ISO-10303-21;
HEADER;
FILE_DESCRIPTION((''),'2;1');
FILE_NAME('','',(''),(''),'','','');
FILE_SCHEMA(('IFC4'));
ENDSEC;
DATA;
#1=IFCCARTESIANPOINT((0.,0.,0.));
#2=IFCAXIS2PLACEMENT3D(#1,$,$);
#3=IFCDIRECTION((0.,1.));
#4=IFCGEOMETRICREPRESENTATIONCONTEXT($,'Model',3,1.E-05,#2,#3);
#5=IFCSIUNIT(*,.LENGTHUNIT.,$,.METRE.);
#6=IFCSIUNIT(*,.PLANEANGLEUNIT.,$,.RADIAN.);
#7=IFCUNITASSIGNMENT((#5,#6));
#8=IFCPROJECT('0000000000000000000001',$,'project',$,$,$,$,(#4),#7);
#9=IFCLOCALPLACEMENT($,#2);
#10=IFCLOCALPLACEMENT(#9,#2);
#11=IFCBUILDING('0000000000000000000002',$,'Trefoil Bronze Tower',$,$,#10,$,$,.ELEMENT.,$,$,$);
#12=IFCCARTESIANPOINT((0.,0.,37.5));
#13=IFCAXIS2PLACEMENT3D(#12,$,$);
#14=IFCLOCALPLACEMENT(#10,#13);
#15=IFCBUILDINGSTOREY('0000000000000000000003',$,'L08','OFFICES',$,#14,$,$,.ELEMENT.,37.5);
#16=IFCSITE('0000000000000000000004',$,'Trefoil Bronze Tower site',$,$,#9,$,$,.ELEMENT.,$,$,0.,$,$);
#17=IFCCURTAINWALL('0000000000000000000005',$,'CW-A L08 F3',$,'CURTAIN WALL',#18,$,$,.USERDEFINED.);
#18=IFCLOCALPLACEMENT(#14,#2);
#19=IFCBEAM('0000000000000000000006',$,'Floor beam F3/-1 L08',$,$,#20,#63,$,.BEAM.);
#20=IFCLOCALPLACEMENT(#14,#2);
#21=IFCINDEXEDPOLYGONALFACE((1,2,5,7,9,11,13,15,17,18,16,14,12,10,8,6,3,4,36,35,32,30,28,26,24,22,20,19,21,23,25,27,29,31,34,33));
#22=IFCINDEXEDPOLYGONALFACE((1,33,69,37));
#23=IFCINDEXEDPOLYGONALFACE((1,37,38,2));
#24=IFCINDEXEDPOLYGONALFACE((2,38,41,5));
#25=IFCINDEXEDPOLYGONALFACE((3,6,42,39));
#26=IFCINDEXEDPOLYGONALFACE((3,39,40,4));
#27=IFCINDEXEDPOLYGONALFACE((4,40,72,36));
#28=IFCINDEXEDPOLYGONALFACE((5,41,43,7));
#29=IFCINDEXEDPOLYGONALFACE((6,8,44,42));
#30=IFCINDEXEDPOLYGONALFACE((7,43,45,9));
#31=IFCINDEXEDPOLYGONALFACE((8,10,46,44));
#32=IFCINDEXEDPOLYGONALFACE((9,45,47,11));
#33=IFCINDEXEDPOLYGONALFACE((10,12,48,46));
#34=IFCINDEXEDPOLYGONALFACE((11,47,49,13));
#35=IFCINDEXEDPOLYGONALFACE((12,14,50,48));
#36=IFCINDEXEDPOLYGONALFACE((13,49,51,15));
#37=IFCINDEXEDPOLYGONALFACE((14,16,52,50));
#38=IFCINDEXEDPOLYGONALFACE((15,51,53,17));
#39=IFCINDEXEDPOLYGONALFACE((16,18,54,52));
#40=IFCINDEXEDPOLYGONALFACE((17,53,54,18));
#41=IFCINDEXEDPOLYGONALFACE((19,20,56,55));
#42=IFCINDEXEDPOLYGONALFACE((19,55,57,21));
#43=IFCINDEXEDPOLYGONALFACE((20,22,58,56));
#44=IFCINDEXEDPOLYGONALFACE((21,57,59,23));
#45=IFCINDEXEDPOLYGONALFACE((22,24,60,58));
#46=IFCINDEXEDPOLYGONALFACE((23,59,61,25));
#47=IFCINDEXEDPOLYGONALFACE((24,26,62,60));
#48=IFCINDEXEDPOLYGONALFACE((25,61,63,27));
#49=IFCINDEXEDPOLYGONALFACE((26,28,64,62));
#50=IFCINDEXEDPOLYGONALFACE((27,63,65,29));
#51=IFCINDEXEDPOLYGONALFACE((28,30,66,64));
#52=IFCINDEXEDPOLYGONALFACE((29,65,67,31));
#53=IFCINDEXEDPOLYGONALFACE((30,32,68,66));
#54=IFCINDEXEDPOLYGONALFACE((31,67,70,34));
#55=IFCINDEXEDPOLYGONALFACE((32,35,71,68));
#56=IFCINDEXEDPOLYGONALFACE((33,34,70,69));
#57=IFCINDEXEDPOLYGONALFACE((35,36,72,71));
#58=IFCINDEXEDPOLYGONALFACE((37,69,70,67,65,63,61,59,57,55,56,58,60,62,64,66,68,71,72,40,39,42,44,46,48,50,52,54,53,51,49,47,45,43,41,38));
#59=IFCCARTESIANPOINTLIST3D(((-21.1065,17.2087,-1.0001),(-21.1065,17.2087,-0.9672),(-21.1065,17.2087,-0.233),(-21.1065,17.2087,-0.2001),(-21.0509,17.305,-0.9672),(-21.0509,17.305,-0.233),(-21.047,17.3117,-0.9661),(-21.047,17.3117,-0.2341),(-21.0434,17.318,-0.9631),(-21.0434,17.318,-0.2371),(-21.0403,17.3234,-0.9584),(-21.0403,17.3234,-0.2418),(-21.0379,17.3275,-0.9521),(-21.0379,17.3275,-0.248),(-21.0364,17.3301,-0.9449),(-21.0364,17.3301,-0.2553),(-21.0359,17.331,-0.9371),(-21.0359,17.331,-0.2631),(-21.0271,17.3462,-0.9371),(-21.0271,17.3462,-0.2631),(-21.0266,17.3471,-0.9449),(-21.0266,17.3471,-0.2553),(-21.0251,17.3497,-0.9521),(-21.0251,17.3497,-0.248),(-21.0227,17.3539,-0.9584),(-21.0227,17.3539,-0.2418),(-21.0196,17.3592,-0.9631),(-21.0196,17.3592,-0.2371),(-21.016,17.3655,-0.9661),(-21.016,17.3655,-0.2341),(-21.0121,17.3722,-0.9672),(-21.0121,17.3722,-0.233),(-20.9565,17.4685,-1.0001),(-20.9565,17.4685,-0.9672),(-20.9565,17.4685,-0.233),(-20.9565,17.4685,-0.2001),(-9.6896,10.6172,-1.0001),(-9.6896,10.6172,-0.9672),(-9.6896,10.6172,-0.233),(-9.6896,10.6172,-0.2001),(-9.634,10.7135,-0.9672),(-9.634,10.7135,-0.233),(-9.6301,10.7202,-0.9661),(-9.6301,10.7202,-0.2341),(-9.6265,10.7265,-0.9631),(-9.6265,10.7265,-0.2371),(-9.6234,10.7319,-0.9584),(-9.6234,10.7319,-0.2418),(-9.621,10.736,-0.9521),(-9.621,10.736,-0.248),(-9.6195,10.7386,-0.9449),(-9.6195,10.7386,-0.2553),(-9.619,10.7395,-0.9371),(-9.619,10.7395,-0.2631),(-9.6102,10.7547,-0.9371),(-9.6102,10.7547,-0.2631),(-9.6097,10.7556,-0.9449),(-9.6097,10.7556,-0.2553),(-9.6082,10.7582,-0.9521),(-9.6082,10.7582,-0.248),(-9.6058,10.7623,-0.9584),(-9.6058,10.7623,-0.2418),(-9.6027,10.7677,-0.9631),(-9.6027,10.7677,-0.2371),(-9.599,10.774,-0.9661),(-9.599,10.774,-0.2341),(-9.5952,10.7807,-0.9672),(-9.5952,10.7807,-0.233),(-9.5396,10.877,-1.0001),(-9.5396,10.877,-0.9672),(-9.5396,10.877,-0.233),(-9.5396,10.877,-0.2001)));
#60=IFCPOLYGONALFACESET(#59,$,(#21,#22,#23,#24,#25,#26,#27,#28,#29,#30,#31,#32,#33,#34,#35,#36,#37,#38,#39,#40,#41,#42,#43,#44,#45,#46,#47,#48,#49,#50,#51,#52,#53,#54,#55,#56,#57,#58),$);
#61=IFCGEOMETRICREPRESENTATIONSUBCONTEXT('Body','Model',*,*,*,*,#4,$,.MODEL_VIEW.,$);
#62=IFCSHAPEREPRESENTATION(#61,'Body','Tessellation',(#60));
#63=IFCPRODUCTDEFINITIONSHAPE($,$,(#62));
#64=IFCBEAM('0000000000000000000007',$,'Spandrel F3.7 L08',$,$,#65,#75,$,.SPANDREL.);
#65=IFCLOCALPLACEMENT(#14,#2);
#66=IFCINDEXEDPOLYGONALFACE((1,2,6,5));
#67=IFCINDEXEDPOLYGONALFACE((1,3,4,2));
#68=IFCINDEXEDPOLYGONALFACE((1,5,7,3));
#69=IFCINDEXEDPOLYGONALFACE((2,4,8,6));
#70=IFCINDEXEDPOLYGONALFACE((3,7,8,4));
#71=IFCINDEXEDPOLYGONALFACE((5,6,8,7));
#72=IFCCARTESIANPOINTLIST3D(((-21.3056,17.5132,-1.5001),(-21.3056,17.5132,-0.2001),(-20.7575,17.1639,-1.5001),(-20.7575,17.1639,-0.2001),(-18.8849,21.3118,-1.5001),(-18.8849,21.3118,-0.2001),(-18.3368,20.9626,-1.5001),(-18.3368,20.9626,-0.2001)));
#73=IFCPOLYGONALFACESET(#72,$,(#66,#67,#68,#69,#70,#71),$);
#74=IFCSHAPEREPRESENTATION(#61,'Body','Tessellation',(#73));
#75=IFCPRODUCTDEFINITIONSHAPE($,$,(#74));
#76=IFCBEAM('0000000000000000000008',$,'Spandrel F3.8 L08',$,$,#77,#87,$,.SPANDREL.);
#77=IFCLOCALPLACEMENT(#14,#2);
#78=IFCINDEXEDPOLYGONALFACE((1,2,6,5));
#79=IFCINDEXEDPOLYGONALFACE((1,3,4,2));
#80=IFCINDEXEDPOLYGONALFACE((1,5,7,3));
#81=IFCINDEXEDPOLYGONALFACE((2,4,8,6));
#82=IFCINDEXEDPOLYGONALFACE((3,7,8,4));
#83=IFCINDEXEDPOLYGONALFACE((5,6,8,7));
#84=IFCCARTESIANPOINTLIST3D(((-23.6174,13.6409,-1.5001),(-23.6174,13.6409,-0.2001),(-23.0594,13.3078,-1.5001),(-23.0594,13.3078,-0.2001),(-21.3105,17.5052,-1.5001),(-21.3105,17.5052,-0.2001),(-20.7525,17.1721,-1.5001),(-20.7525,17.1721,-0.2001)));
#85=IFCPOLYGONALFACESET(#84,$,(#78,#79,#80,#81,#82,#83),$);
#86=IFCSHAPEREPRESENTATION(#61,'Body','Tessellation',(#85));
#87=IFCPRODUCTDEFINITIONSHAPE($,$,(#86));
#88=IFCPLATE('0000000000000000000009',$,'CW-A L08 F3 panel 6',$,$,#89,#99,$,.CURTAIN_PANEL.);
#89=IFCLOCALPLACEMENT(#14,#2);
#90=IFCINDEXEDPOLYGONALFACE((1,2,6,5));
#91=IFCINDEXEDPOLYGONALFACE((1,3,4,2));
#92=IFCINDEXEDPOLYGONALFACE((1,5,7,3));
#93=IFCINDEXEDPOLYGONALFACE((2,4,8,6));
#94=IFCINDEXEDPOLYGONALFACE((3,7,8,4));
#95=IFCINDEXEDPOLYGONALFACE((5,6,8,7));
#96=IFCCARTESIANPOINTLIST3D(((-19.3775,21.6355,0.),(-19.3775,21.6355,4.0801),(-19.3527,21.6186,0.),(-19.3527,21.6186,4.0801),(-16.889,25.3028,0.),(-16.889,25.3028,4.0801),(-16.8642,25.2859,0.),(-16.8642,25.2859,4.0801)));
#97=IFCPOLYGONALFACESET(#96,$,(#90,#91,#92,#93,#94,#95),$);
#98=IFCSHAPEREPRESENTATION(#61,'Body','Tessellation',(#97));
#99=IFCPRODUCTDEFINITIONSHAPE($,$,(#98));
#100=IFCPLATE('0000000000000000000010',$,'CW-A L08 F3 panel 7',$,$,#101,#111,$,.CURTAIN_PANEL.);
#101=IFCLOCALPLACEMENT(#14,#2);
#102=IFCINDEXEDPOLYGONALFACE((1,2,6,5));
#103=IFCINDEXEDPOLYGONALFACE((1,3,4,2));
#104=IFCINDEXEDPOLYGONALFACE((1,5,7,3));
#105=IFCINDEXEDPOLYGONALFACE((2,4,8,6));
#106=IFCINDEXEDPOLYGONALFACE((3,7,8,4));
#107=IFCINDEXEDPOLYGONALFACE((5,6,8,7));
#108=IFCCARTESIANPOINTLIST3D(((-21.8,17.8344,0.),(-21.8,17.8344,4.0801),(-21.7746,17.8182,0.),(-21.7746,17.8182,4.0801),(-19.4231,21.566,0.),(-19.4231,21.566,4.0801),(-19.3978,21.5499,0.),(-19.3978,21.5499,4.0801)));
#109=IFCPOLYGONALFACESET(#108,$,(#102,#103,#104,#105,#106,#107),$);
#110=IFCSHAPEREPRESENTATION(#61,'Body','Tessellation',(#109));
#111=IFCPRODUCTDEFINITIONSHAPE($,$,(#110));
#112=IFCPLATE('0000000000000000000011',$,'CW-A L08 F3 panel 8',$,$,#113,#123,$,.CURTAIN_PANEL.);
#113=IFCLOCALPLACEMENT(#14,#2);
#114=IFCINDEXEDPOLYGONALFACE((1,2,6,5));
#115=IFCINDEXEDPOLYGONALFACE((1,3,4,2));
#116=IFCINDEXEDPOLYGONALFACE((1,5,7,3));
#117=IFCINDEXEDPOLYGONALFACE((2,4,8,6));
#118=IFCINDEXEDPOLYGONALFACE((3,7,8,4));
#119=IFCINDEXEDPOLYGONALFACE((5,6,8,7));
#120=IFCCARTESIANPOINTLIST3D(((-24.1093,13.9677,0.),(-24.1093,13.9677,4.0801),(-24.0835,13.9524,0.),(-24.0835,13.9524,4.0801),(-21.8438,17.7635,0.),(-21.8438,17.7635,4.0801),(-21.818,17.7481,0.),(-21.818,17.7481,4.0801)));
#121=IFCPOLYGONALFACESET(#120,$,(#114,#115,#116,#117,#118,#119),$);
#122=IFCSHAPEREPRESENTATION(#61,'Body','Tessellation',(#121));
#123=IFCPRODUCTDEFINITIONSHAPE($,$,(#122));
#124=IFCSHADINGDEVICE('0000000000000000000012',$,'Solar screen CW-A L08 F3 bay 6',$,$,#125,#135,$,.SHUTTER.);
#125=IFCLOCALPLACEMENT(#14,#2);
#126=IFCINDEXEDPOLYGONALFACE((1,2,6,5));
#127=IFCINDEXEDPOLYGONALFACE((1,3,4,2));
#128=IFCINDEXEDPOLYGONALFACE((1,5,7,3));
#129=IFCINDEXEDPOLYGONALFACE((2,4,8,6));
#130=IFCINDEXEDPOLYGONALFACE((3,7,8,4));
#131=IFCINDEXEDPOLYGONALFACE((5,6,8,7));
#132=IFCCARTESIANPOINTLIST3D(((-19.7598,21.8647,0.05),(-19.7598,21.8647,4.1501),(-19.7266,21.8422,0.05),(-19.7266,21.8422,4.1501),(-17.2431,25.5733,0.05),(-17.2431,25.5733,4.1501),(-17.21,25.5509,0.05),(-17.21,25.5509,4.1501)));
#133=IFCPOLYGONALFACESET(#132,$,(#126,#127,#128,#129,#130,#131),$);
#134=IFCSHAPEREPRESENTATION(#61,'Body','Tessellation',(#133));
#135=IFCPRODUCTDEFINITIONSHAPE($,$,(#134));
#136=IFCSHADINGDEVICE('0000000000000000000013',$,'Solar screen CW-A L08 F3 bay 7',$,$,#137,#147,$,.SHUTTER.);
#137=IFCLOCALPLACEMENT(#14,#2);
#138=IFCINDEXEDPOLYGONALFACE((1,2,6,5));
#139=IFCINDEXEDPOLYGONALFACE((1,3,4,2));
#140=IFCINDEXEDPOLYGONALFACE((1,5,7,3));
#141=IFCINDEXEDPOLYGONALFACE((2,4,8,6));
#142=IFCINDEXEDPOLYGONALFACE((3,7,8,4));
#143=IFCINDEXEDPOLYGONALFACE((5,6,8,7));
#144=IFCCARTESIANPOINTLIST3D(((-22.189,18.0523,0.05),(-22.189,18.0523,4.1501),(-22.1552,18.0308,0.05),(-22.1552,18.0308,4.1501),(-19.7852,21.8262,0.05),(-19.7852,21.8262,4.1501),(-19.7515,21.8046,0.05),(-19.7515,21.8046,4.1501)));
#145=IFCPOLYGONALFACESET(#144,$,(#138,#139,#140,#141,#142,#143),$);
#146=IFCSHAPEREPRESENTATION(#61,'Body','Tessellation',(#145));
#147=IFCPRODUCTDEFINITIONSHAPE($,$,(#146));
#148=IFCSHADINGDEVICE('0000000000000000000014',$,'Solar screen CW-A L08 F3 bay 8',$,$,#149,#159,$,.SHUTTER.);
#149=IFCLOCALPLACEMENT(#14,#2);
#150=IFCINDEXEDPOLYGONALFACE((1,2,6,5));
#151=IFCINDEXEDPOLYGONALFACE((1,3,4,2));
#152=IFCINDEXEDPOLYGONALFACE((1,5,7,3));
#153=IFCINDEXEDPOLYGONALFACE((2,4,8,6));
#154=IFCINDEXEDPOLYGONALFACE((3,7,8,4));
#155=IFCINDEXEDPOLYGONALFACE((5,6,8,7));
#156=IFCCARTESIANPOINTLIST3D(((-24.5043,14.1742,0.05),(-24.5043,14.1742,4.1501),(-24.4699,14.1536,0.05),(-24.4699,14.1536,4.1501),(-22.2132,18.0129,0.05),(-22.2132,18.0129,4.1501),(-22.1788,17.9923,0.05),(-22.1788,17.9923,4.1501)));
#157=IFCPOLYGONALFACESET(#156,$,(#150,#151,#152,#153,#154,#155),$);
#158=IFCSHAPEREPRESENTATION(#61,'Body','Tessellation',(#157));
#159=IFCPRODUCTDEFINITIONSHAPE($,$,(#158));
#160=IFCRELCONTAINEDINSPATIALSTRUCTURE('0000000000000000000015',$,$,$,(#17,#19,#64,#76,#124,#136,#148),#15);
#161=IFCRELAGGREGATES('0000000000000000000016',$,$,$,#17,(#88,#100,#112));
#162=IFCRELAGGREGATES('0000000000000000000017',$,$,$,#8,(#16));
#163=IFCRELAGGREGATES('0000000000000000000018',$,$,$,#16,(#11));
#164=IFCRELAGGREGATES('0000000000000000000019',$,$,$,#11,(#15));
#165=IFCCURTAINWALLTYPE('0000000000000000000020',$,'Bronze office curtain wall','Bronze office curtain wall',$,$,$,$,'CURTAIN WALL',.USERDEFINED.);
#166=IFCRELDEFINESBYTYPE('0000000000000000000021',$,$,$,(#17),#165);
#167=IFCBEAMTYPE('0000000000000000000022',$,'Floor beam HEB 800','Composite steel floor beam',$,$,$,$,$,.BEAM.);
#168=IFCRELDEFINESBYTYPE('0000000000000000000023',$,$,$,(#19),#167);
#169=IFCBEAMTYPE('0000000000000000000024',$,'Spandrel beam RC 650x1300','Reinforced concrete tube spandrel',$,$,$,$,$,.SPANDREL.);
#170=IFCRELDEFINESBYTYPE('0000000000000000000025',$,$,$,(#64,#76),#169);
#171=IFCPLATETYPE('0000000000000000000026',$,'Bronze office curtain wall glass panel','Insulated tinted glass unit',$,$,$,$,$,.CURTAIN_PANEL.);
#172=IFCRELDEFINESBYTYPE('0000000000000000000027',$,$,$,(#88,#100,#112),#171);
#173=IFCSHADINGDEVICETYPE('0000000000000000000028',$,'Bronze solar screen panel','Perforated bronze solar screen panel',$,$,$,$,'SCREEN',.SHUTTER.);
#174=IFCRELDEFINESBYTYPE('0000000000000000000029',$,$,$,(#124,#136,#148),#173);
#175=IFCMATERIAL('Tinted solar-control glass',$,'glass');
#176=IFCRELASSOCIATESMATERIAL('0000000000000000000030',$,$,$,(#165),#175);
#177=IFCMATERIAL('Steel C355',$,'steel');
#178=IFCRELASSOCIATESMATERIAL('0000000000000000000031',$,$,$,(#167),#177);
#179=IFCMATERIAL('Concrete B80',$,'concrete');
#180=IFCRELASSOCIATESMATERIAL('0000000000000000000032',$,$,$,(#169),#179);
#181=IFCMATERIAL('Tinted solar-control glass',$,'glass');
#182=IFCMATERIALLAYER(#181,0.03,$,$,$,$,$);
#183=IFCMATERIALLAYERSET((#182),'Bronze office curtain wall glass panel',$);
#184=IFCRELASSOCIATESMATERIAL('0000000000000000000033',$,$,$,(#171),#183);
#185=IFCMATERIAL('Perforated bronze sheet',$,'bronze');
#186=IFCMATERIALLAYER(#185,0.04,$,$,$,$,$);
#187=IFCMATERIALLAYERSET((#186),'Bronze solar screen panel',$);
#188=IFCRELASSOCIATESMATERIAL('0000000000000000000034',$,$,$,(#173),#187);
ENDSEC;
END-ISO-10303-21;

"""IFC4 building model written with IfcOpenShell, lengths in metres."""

from ifc_helpers import new_model, si_unit, direction, frame, origin, origin_2d, place, context, subcontext, project, spatial, rectangle, i_section, extrude, material, layer, layer_set, material_profile, profile_set, type_object, element, aggregate, save


model = new_model("IFC4")

# Units and contexts
model_context = context("Model", 3, precision=1e-05, world=origin(), true_north=direction((0.0, 1.0)))
body_context = subcontext(model_context, "Body", "Model", "MODEL_VIEW")
ifc_project = project(units=[si_unit("LENGTHUNIT", "METRE"), si_unit("PLANEANGLEUNIT", "RADIAN")], contexts=[model_context])

# Site, building, storey
site_placement = place(None, origin())
site = spatial("IfcSite", under=ifc_project, at=site_placement, Name="Trefoil Bronze Tower site", CompositionType="ELEMENT", RefElevation=0.0)
building_placement = place(site_placement, origin())
building = spatial("IfcBuilding", under=site, at=building_placement, Name="Trefoil Bronze Tower", CompositionType="ELEMENT")
storey_placement = place(building_placement, frame((0.0, 0.0, 37.5)))
storey = spatial("IfcBuildingStorey", under=building, at=storey_placement, Name="L08", Description="OFFICES", CompositionType="ELEMENT", Elevation=37.5)

# Curtain wall
ifc_material_1 = material(Name="Tinted solar-control glass", Category="glass")
curtain_wall_type = type_object("IfcCurtainWallType", Name="Bronze office curtain wall", Description="Bronze office curtain wall", ElementType="CURTAIN WALL", PredefinedType="USERDEFINED", material=ifc_material_1)
curtain_wall_placement = place(storey_placement, origin())
curtain_wall = element("IfcCurtainWall", 1, at=curtain_wall_placement, inside=storey, type_object=curtain_wall_type, Name="CW-A L08 F3", ObjectType="CURTAIN WALL", PredefinedType="USERDEFINED")

# Beams
ifc_material_2 = material(Name="Steel C355", Category="steel")
ifc_material_profile_1 = material_profile(ifc_material_2, i_section(OverallWidth=0.3, OverallDepth=0.8, WebThickness=0.0176, FlangeThickness=0.033, FilletRadius=0.03, at=origin_2d()), Name="HEB 800")
ifc_profile_set_1 = profile_set([ifc_material_profile_1], Name="Steel C355")
beam_type_1 = type_object("IfcBeamType", Name="Floor beam HEB 800", Description="Composite steel floor beam", PredefinedType="BEAM", material=ifc_profile_set_1)
beam_1_placement = place(storey_placement, frame((-21.0315, 17.3386, -0.6001), z_axis=(0.866027, -0.499997, 0.0), x_axis=(0.499997, 0.866027, 0.0)))
element("IfcBeam", 2, at=beam_1_placement, inside=storey, type_object=beam_type_1, Name="Floor beam F3/-1 L08", PredefinedType="BEAM", context=body_context, shape_type="SweptSolid", body=[
    extrude(i_section(OverallWidth=0.3, OverallDepth=0.8, WebThickness=0.0176, FlangeThickness=0.033, FilletRadius=0.03, at=origin_2d()), origin(), (0.0, 0.0, 1.0), 13.1831),
])
ifc_material_3 = material(Name="Concrete B80", Category="concrete")
ifc_material_profile_2 = material_profile(ifc_material_3, rectangle(XDim=0.6499, YDim=1.3, at=origin_2d()), Name="RC 650x1300")
ifc_profile_set_2 = profile_set([ifc_material_profile_2], Name="Concrete B80")
beam_type_2 = type_object("IfcBeamType", Name="Spandrel beam RC 650x1300", Description="Reinforced concrete tube spandrel", PredefinedType="SPANDREL", material=ifc_profile_set_2)
beam_2_placement = place(storey_placement, frame((-18.6108, 21.1372, -0.8501), z_axis=(-0.537408, -0.843322, 0.0), x_axis=(0.843322, -0.537408, 0.0)))
element("IfcBeam", 3, at=beam_2_placement, inside=storey, type_object=beam_type_2, Name="Spandrel F3.7 L08", PredefinedType="SPANDREL", context=body_context, shape_type="SweptSolid", body=[
    extrude(rectangle(XDim=0.6499, YDim=1.3, at=origin_2d()), origin(), (0.0, 0.0, 1.0), 4.5044),
])
beam_3_placement = place(storey_placement, frame((-21.0315, 17.3386, -0.8501), z_axis=(-0.512588, -0.858635, 0.0), x_axis=(0.858635, -0.512588, 0.0)))
element("IfcBeam", 4, at=beam_3_placement, inside=storey, type_object=beam_type_2, Name="Spandrel F3.8 L08", PredefinedType="SPANDREL", context=body_context, shape_type="SweptSolid", body=[
    extrude(rectangle(XDim=0.6499, YDim=1.3, at=origin_2d()), origin(), (0.0, 0.0, 1.0), 4.5005),
])

# Plates
ifc_material_4 = material(Name="Tinted solar-control glass", Category="glass")
ifc_layer_1 = layer(ifc_material_4, 0.03)
ifc_layer_set_1 = layer_set([ifc_layer_1], Name="Bronze office curtain wall glass panel")
plate_type = type_object("IfcPlateType", Name="Bronze office curtain wall glass panel", Description="Insulated tinted glass unit", PredefinedType="CURTAIN_PANEL", material=ifc_layer_set_1)
plate_1_placement = place(storey_placement, frame((-18.1208, 23.4607, 0.0), z_axis=(0.0, 0.0, 1.0), x_axis=(-0.56151, -0.82747, 0.0)))
plate_1 = element("IfcPlate", 5, at=plate_1_placement, type_object=plate_type, Name="CW-A L08 F3 panel 6", PredefinedType="CURTAIN_PANEL", context=body_context, shape_type="SweptSolid", body=[
    extrude(rectangle(XDim=4.4319, YDim=0.03, at=origin_2d()), origin(), (0.0, 0.0, 1.0), 4.0801),
])
plate_2_placement = place(storey_placement, frame((-20.5989, 19.6921, 0.0), z_axis=(0.0, 0.0, 1.0), x_axis=(-0.537222, -0.843441, 0.0)))
plate_2 = element("IfcPlate", 6, at=plate_2_placement, type_object=plate_type, Name="CW-A L08 F3 panel 7", PredefinedType="CURTAIN_PANEL", context=body_context, shape_type="SweptSolid", body=[
    extrude(rectangle(XDim=4.4243, YDim=0.03, at=origin_2d()), origin(), (0.0, 0.0, 1.0), 4.0801),
])
plate_3_placement = place(storey_placement, frame((-22.9636, 15.8579, 0.0), z_axis=(0.0, 0.0, 1.0), x_axis=(-0.512513, -0.85868, 0.0)))
plate_3 = element("IfcPlate", 7, at=plate_3_placement, type_object=plate_type, Name="CW-A L08 F3 panel 8", PredefinedType="CURTAIN_PANEL", context=body_context, shape_type="SweptSolid", body=[
    extrude(rectangle(XDim=4.4204, YDim=0.03, at=origin_2d()), origin(), (0.0, 0.0, 1.0), 4.0801),
])
aggregate(curtain_wall, [plate_1, plate_2, plate_3])

# Shading devices
ifc_material_5 = material(Name="Perforated bronze sheet", Category="bronze")
ifc_layer_2 = layer(ifc_material_5, 0.04)
ifc_layer_set_2 = layer_set([ifc_layer_2], Name="Bronze solar screen panel")
shading_device_type = type_object("IfcShadingDeviceType", Name="Bronze solar screen panel", Description="Perforated bronze solar screen panel", ElementType="SCREEN", PredefinedType="SHUTTER", material=ifc_layer_set_2)
shading_device_1_placement = place(storey_placement, frame((-18.4849, 23.7078, 0.05), z_axis=(0.0, 0.0, 1.0), x_axis=(-0.56151, -0.82747, 0.0)))
element("IfcShadingDevice", 8, at=shading_device_1_placement, inside=storey, type_object=shading_device_type, Name="Solar screen CW-A L08 F3 bay 6", PredefinedType="SHUTTER", context=body_context, shape_type="SweptSolid", body=[
    extrude(rectangle(XDim=4.4819, YDim=0.04, at=origin_2d()), origin(), (0.0, 0.0, 1.0), 4.1001),
])
shading_device_2_placement = place(storey_placement, frame((-20.9702, 19.9285, 0.05), z_axis=(0.0, 0.0, 1.0), x_axis=(-0.537222, -0.843441, 0.0)))
element("IfcShadingDevice", 9, at=shading_device_2_placement, inside=storey, type_object=shading_device_type, Name="Solar screen CW-A L08 F3 bay 7", PredefinedType="SHUTTER", context=body_context, shape_type="SweptSolid", body=[
    extrude(rectangle(XDim=4.4744, YDim=0.04, at=origin_2d()), origin(), (0.0, 0.0, 1.0), 4.1001),
])
shading_device_3_placement = place(storey_placement, frame((-23.3416, 16.0833, 0.05), z_axis=(0.0, 0.0, 1.0), x_axis=(-0.512513, -0.85868, 0.0)))
element("IfcShadingDevice", 10, at=shading_device_3_placement, inside=storey, type_object=shading_device_type, Name="Solar screen CW-A L08 F3 bay 8", PredefinedType="SHUTTER", context=body_context, shape_type="SweptSolid", body=[
    extrude(rectangle(XDim=4.4705, YDim=0.04, at=origin_2d()), origin(), (0.0, 0.0, 1.0), 4.1001),
])

save(model, "model.ifc")
